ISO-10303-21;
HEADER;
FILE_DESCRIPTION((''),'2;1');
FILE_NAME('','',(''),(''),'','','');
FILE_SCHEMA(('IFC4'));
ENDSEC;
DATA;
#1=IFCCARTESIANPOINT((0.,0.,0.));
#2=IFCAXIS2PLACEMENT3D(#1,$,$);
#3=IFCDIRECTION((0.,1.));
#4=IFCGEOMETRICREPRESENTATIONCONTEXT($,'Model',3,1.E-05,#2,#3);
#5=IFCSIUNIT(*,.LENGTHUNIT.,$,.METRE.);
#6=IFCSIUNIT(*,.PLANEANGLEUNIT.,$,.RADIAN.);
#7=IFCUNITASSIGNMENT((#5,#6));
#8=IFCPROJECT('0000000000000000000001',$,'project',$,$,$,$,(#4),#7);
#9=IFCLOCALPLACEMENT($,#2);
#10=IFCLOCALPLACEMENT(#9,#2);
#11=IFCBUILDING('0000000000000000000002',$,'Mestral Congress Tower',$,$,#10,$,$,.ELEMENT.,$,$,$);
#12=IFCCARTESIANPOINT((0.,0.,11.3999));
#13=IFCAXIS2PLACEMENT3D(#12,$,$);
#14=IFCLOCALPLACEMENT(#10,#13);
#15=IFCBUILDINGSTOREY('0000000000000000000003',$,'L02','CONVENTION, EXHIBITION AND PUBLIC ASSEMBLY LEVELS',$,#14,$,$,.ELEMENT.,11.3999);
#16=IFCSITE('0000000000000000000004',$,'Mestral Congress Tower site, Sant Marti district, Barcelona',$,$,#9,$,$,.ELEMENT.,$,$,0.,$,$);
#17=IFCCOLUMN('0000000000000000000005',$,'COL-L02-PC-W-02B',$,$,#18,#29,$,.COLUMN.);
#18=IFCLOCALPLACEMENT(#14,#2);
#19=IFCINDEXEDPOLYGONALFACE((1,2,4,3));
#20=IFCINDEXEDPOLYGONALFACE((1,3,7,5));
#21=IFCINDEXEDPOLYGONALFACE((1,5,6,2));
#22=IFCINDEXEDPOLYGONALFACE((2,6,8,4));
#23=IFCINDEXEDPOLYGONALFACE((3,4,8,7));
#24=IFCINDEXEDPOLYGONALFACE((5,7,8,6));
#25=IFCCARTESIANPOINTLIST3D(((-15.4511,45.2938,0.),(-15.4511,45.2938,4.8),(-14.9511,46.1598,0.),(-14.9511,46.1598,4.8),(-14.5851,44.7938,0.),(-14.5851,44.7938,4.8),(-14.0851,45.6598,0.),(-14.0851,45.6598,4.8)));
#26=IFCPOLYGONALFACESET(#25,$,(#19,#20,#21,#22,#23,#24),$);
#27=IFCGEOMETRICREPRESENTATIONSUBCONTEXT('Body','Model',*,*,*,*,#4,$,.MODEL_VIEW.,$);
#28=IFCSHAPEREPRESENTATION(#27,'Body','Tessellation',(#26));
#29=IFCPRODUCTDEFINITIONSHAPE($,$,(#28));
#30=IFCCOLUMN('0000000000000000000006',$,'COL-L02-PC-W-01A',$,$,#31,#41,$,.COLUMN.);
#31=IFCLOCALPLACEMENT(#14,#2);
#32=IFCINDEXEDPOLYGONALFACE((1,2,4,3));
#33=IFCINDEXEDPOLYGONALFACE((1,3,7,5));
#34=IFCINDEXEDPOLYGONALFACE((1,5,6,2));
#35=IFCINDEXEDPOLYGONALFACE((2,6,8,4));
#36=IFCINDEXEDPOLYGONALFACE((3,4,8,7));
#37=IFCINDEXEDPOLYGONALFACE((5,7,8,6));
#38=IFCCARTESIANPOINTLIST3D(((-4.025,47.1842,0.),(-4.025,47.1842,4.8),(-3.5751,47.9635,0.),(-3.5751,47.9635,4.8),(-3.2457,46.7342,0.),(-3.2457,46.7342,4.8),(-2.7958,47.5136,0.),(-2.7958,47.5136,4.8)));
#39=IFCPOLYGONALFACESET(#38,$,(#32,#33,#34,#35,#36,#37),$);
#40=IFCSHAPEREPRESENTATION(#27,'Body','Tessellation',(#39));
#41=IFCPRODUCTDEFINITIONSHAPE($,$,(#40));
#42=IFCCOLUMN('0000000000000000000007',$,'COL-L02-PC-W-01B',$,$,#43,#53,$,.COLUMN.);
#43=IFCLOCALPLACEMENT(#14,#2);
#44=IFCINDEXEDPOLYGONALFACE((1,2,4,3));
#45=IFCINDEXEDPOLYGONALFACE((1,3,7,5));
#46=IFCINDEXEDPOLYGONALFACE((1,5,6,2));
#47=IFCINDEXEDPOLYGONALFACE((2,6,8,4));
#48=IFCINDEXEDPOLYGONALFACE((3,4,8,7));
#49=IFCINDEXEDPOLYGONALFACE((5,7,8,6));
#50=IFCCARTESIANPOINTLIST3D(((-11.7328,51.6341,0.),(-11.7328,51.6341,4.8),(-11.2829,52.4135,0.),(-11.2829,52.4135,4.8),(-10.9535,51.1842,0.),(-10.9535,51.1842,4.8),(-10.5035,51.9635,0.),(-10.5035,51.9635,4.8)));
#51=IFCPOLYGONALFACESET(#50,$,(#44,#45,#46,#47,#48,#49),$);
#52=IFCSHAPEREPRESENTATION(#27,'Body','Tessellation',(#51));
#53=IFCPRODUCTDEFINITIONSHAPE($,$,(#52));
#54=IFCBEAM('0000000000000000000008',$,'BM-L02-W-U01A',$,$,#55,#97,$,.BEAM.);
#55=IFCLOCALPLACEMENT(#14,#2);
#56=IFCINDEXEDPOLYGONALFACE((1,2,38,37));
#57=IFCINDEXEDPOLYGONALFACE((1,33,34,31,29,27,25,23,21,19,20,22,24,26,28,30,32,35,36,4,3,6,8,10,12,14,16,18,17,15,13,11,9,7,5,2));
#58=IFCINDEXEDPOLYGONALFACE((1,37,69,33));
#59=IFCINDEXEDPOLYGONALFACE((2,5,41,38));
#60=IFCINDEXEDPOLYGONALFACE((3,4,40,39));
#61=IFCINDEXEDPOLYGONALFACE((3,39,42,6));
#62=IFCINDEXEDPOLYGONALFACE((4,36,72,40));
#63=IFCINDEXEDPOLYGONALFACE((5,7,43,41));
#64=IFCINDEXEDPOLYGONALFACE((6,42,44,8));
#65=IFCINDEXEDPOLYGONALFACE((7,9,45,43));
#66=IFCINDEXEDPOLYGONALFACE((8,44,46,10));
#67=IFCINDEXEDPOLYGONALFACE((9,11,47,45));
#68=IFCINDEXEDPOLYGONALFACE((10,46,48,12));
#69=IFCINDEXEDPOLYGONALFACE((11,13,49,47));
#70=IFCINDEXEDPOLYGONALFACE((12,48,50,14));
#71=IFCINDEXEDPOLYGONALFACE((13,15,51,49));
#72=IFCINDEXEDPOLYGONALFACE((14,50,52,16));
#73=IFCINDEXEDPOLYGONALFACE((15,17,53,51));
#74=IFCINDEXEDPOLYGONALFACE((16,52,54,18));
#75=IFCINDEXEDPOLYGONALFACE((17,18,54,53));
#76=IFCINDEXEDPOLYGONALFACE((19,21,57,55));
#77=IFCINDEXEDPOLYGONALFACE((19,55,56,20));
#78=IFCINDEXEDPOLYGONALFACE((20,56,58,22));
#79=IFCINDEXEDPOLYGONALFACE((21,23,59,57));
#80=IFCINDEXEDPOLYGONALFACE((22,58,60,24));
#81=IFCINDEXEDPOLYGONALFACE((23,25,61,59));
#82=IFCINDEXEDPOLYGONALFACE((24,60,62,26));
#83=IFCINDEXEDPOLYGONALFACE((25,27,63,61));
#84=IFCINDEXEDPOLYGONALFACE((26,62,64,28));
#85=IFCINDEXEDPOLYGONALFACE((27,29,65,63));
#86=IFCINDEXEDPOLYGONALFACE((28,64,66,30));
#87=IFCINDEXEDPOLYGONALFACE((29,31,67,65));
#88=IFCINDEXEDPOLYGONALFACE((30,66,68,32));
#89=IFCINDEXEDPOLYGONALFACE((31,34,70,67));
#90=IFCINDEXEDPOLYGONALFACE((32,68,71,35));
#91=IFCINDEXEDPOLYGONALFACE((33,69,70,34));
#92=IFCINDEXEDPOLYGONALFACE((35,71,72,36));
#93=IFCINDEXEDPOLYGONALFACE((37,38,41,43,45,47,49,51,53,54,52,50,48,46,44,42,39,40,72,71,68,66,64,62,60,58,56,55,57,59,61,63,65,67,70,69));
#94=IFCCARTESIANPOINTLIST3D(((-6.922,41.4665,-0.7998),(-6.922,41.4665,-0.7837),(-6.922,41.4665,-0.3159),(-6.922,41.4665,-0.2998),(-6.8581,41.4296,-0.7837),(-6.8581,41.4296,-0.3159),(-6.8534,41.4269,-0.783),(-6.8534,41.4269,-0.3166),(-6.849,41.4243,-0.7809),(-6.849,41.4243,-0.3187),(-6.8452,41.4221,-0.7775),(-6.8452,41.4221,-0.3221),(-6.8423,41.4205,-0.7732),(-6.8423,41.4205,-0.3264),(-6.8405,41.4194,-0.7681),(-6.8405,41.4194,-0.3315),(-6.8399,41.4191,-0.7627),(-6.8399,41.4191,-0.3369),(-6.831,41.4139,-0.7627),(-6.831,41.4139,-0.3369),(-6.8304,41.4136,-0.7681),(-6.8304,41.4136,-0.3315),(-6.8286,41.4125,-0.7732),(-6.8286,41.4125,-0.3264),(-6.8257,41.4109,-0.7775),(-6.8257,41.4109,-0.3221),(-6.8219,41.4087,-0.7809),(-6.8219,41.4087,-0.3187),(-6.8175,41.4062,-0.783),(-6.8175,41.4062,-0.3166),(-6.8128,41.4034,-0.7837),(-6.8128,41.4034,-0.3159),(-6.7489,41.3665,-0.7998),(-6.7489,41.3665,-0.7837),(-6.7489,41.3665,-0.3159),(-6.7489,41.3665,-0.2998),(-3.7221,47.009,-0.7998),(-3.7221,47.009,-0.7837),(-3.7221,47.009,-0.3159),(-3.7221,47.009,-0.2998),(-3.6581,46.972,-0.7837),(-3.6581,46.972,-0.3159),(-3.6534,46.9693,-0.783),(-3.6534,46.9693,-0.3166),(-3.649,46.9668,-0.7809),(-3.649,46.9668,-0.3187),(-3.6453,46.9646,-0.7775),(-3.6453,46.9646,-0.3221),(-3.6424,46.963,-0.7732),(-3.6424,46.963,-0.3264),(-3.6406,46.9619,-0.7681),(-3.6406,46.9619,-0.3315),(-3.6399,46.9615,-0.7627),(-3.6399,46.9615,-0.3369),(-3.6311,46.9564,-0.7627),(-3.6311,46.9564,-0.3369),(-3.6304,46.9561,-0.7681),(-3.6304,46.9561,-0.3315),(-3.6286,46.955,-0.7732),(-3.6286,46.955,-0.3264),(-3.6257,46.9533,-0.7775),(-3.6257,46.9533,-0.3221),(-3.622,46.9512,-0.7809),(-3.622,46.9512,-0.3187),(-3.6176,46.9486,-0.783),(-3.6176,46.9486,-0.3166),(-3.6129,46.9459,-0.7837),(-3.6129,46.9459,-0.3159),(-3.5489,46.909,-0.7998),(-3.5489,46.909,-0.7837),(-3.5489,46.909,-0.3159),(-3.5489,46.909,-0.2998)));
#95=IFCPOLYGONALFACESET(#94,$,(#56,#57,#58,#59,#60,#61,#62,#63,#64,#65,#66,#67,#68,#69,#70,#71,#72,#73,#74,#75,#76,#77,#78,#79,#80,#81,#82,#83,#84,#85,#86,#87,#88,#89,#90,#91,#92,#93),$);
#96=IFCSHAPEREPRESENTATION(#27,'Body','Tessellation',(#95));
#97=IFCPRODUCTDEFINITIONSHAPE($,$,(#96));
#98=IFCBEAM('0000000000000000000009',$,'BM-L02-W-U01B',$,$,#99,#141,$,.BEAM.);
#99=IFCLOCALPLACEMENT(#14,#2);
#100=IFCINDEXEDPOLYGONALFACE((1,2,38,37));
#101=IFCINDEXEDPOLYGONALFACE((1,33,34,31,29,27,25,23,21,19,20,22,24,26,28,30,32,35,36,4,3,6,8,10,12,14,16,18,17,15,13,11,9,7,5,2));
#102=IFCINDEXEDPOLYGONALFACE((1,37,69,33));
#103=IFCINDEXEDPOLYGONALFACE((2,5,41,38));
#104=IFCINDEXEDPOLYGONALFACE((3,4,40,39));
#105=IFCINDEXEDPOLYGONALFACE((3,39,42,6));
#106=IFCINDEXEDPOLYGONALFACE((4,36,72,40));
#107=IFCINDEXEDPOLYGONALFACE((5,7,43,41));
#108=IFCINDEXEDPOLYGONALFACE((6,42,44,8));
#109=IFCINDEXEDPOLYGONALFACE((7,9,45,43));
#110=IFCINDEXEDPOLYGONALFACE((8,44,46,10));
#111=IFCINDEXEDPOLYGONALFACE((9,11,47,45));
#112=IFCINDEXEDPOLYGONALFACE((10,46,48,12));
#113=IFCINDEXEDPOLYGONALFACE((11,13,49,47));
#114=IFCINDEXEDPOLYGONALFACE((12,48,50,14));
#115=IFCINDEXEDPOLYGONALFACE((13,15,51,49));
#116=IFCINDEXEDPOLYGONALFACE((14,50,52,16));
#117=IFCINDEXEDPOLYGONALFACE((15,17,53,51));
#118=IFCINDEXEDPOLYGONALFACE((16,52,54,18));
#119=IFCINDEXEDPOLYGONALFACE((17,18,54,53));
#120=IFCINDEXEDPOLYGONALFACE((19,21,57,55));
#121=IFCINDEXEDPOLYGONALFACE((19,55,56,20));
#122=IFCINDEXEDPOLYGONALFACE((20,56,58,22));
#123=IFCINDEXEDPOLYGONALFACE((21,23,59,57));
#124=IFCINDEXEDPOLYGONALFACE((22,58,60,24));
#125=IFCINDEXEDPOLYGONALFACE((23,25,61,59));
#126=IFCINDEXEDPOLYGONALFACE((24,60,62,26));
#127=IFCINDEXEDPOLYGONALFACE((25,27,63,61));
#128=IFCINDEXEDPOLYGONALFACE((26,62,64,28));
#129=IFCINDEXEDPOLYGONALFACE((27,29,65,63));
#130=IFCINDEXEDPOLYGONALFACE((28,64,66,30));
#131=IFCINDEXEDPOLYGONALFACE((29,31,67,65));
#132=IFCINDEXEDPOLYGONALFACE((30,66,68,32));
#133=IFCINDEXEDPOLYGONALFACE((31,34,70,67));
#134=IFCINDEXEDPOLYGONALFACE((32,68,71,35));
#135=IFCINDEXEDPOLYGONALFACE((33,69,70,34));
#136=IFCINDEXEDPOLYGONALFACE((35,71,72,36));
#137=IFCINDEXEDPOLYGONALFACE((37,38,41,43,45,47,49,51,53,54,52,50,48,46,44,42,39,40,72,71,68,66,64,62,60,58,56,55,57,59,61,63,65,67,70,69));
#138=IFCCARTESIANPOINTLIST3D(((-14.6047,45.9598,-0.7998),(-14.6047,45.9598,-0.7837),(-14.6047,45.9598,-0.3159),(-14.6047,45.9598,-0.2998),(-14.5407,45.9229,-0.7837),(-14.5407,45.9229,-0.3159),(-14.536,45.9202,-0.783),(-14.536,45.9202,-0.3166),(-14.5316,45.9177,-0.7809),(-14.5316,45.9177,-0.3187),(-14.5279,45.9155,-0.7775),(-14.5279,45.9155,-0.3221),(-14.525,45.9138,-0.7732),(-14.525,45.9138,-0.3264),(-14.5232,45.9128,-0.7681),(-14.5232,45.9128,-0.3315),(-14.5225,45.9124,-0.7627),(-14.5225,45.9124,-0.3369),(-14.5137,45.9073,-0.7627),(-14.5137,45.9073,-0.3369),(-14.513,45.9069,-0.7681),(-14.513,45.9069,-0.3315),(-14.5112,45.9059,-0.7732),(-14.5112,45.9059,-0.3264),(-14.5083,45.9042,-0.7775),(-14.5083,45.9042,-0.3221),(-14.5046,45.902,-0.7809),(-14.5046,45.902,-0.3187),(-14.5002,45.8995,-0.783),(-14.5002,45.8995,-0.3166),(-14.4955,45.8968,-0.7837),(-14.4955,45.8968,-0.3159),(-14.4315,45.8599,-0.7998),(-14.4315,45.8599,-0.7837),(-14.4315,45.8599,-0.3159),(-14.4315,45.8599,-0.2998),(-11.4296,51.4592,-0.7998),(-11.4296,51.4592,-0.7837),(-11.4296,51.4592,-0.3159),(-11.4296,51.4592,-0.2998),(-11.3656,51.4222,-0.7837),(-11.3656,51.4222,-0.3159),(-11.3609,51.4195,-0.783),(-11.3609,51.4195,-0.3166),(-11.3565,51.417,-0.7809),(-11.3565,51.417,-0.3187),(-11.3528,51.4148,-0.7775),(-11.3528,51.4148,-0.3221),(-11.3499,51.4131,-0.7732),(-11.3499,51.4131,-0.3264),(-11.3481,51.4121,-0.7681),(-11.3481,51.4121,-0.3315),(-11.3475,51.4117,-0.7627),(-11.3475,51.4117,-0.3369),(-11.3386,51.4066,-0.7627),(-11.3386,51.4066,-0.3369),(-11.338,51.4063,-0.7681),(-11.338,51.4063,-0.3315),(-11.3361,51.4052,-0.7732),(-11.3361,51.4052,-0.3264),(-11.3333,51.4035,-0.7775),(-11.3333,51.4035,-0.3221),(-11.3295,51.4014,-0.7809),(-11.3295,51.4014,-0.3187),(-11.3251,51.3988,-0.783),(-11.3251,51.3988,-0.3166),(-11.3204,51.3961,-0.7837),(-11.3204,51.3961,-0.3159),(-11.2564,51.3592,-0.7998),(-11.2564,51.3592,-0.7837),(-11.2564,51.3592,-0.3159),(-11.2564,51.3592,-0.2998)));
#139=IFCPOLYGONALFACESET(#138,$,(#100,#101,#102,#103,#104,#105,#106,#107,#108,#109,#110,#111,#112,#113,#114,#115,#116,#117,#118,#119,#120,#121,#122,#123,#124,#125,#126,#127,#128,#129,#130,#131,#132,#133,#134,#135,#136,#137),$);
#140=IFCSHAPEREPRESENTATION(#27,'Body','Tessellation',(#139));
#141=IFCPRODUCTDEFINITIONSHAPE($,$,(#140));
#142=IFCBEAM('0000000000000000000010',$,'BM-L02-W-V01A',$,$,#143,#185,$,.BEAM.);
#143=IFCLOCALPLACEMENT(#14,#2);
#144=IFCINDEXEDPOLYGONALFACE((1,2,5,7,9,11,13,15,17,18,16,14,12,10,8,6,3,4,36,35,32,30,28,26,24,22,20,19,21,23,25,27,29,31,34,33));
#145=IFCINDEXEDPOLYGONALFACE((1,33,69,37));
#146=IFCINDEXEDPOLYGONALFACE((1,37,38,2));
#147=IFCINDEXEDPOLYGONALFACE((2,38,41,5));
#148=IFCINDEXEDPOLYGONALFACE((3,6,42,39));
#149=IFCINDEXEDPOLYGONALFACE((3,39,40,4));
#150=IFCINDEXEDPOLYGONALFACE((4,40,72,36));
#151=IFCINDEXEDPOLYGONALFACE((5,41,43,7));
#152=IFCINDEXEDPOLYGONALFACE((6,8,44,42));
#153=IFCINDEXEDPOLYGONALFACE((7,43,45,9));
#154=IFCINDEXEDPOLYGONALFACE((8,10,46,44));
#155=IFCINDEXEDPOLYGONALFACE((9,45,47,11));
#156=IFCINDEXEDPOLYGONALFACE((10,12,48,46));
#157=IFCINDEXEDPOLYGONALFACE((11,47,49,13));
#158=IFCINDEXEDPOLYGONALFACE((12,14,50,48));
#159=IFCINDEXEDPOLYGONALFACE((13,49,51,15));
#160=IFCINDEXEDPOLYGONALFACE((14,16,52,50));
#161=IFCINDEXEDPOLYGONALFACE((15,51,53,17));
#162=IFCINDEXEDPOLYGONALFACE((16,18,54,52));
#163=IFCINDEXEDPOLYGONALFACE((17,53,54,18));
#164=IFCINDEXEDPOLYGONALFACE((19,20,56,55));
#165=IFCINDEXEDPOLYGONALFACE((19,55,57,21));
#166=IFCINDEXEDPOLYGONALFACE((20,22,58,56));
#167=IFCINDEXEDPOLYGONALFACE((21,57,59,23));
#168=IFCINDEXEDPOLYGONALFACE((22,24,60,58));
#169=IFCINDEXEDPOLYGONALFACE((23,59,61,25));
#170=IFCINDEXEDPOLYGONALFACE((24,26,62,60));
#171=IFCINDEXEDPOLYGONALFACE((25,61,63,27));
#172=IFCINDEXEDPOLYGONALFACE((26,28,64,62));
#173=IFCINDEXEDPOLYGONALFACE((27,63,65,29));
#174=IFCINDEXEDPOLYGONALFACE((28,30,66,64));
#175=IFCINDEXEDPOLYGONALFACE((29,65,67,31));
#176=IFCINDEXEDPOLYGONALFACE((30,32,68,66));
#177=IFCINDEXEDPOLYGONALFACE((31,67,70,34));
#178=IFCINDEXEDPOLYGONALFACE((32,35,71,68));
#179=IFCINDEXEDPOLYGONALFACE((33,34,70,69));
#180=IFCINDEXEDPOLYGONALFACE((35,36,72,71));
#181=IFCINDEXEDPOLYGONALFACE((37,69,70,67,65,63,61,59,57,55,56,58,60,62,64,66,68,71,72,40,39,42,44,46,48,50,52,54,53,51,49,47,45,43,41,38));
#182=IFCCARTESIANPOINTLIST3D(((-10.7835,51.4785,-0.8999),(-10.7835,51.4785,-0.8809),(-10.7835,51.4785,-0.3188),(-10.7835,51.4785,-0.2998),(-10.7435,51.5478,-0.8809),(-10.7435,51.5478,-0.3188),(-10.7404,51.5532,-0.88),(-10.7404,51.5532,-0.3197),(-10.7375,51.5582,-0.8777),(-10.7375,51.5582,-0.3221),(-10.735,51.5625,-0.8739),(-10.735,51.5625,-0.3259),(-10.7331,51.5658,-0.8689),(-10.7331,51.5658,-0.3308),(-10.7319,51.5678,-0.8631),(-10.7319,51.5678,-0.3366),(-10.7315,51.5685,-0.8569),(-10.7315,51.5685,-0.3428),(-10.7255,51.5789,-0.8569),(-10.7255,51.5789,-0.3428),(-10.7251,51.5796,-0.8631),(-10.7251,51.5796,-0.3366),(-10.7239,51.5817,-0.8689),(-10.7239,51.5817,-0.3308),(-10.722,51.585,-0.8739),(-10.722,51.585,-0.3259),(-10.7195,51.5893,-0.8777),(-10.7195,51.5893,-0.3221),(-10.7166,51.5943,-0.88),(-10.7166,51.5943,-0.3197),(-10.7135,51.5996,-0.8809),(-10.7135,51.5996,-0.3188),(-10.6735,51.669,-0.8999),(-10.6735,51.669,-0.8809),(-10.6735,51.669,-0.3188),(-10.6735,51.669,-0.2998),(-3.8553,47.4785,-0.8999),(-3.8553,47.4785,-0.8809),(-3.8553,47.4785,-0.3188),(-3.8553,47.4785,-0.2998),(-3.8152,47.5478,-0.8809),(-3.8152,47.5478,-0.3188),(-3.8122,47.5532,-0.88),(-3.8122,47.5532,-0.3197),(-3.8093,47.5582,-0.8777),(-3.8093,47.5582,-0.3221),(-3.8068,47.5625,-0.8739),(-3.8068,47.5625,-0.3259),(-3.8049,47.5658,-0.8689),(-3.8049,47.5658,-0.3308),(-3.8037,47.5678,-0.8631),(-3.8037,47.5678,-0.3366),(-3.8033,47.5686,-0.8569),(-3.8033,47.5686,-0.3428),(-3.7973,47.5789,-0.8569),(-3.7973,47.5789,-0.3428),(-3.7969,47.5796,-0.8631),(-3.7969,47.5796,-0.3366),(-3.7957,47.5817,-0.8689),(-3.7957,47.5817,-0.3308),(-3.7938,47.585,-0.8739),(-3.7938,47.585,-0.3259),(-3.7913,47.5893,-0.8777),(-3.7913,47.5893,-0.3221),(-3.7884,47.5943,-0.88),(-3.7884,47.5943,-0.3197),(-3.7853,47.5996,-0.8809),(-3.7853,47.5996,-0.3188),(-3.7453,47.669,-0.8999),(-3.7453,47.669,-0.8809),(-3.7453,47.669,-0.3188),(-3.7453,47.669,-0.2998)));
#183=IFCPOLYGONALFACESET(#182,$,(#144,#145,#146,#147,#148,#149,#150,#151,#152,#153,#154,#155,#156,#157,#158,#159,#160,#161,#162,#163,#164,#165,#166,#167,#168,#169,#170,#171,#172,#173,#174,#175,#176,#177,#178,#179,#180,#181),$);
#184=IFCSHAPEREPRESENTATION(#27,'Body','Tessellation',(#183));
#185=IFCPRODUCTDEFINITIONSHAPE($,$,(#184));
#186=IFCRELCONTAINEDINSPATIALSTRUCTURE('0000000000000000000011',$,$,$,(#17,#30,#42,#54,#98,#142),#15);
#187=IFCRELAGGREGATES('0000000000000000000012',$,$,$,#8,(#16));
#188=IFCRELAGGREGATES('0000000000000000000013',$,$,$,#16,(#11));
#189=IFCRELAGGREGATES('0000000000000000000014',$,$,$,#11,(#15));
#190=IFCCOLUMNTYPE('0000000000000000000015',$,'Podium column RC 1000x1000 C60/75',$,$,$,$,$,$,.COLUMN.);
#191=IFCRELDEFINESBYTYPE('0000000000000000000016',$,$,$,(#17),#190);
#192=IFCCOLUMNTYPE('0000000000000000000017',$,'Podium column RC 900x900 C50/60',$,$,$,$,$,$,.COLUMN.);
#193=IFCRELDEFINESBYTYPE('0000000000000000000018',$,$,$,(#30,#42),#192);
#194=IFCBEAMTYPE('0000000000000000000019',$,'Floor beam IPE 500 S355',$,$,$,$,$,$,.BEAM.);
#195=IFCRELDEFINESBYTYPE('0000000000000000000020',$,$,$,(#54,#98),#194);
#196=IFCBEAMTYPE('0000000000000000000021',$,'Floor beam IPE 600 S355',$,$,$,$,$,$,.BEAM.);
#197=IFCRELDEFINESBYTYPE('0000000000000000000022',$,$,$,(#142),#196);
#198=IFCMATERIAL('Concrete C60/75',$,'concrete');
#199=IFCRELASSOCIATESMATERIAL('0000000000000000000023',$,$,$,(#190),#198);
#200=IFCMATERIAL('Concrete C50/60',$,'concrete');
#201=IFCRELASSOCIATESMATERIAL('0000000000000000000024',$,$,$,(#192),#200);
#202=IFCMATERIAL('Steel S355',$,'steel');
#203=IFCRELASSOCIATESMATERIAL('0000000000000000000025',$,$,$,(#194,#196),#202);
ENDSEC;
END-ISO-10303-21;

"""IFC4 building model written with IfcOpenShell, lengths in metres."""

from ifc_helpers import new_model, si_unit, direction, frame, origin, origin_2d, place, context, subcontext, project, spatial, rectangle, i_section, extrude, material, material_profile, profile_set, type_object, element, save


model = new_model("IFC4")

# Units and contexts
model_context = context("Model", 3, precision=1e-05, world=origin(), true_north=direction((0.0, 1.0)))
body_context = subcontext(model_context, "Body", "Model", "MODEL_VIEW")
ifc_project = project(units=[si_unit("LENGTHUNIT", "METRE"), si_unit("PLANEANGLEUNIT", "RADIAN")], contexts=[model_context])

# Site, building, storey
site_placement = place(None, origin())
site = spatial("IfcSite", under=ifc_project, at=site_placement, Name="Mestral Congress Tower site, Sant Marti district, Barcelona", CompositionType="ELEMENT", RefElevation=0.0)
building_placement = place(site_placement, origin())
building = spatial("IfcBuilding", under=site, at=building_placement, Name="Mestral Congress Tower", CompositionType="ELEMENT")
storey_placement = place(building_placement, frame((0.0, 0.0, 11.3999)))
storey = spatial("IfcBuildingStorey", under=building, at=storey_placement, Name="L02", Description="CONVENTION, EXHIBITION AND PUBLIC ASSEMBLY LEVELS", CompositionType="ELEMENT", Elevation=11.3999)

# Columns
ifc_material_1 = material(Name="Concrete C60/75", Category="concrete")
ifc_material_profile_1 = material_profile(ifc_material_1, rectangle(XDim=1.0, YDim=1.0, at=origin_2d()), Name="RC 1000x1000")
ifc_profile_set_1 = profile_set([ifc_material_profile_1], Name="Concrete C60/75")
column_type_1 = type_object("IfcColumnType", Name="Podium column RC 1000x1000 C60/75", PredefinedType="COLUMN", material=ifc_profile_set_1)
column_placement = place(storey_placement, frame((-14.7681, 45.4768, 0.0), z_axis=(0.0, 0.0, 1.0), x_axis=(-0.5, -0.866025, 0.0)))
element("IfcColumn", 1, at=column_placement, inside=storey, type_object=column_type_1, Name="COL-L02-PC-W-02B", PredefinedType="COLUMN", context=body_context, shape_type="SweptSolid", body=[
    extrude(rectangle(XDim=1.0, YDim=1.0, at=origin_2d()), origin(), (0.0, 0.0, 1.0), 4.8),
])
ifc_material_2 = material(Name="Concrete C50/60", Category="concrete")
ifc_material_profile_2 = material_profile(ifc_material_2, rectangle(XDim=0.8999, YDim=0.8999, at=origin_2d()), Name="RC 900x900")
ifc_profile_set_2 = profile_set([ifc_material_profile_2], Name="Concrete C50/60")
column_type_2 = type_object("IfcColumnType", Name="Podium column RC 900x900 C50/60", PredefinedType="COLUMN", material=ifc_profile_set_2)
for number, where, z_axis, x_axis, name in (
    (2, (-3.4104, 47.3489, 0.0), (0.0, 0.0, 1.0), (-0.5, -0.866025, 0.0), "COL-L02-PC-W-01A"),
    (3, (-11.1182, 51.7988, 0.0), (0.0, 0.0, 1.0), (-0.5, -0.866025, 0.0), "COL-L02-PC-W-01B"),
):
    element("IfcColumn", number, at=place(storey_placement, frame(where, z_axis=z_axis, x_axis=x_axis)), inside=storey, type_object=column_type_2, Name=name, PredefinedType="COLUMN", context=body_context, shape_type="SweptSolid", body=[
        extrude(rectangle(XDim=0.8999, YDim=0.8999, at=origin_2d()), origin(), (0.0, 0.0, 1.0), 4.8),
    ])

# Beams
ifc_material_3 = material(Name="Steel S355", Category="steel")
ifc_material_profile_3 = material_profile(ifc_material_3, i_section(OverallWidth=0.2, OverallDepth=0.5, WebThickness=0.0103, FlangeThickness=0.0161, FilletRadius=0.021, at=origin_2d()), Name="IPE 500")
ifc_profile_set_3 = profile_set([ifc_material_profile_3], Name="Steel S355")
beam_type_1 = type_object("IfcBeamType", Name="Floor beam IPE 500 S355", PredefinedType="BEAM", material=ifc_profile_set_3)
beam_1_placement = place(storey_placement, frame((-3.6355, 46.959, -0.5498), z_axis=(-0.5, -0.866025, 0.0), x_axis=(0.866025, -0.5, 0.0)))
element("IfcBeam", 4, at=beam_1_placement, inside=storey, type_object=beam_type_1, Name="BM-L02-W-U01A", PredefinedType="BEAM", context=body_context, shape_type="SweptSolid", body=[
    extrude(i_section(OverallWidth=0.2, OverallDepth=0.5, WebThickness=0.0103, FlangeThickness=0.0161, FilletRadius=0.021, at=origin_2d()), origin(), (0.0, 0.0, 1.0), 6.3999),
])
beam_2_placement = place(storey_placement, frame((-11.343, 51.4092, -0.5498), z_axis=(-0.500005, -0.866022, 0.0), x_axis=(0.866022, -0.500005, 0.0)))
element("IfcBeam", 5, at=beam_2_placement, inside=storey, type_object=beam_type_1, Name="BM-L02-W-U01B", PredefinedType="BEAM", context=body_context, shape_type="SweptSolid", body=[
    extrude(i_section(OverallWidth=0.2, OverallDepth=0.5, WebThickness=0.0103, FlangeThickness=0.0161, FilletRadius=0.021, at=origin_2d()), origin(), (0.0, 0.0, 1.0), 6.3501),
])
ifc_material_profile_4 = material_profile(ifc_material_3, i_section(OverallWidth=0.22, OverallDepth=0.6001, WebThickness=0.012, FlangeThickness=0.019, FilletRadius=0.0239, at=origin_2d()), Name="IPE 600")
ifc_profile_set_4 = profile_set([ifc_material_profile_4], Name="Steel S355")
beam_type_2 = type_object("IfcBeamType", Name="Floor beam IPE 600 S355", PredefinedType="BEAM", material=ifc_profile_set_4)
beam_3_placement = place(storey_placement, frame((-3.8003, 47.5737, -0.5999), z_axis=(-0.866026, 0.499999, 0.0), x_axis=(-0.499999, -0.866026, 0.0)))
element("IfcBeam", 6, at=beam_3_placement, inside=storey, type_object=beam_type_2, Name="BM-L02-W-V01A", PredefinedType="BEAM", context=body_context, shape_type="SweptSolid", body=[
    extrude(i_section(OverallWidth=0.22, OverallDepth=0.6001, WebThickness=0.012, FlangeThickness=0.019, FilletRadius=0.0239, at=origin_2d()), origin(), (0.0, 0.0, 1.0), 8.0),
])

save(model, "model.ifc")
